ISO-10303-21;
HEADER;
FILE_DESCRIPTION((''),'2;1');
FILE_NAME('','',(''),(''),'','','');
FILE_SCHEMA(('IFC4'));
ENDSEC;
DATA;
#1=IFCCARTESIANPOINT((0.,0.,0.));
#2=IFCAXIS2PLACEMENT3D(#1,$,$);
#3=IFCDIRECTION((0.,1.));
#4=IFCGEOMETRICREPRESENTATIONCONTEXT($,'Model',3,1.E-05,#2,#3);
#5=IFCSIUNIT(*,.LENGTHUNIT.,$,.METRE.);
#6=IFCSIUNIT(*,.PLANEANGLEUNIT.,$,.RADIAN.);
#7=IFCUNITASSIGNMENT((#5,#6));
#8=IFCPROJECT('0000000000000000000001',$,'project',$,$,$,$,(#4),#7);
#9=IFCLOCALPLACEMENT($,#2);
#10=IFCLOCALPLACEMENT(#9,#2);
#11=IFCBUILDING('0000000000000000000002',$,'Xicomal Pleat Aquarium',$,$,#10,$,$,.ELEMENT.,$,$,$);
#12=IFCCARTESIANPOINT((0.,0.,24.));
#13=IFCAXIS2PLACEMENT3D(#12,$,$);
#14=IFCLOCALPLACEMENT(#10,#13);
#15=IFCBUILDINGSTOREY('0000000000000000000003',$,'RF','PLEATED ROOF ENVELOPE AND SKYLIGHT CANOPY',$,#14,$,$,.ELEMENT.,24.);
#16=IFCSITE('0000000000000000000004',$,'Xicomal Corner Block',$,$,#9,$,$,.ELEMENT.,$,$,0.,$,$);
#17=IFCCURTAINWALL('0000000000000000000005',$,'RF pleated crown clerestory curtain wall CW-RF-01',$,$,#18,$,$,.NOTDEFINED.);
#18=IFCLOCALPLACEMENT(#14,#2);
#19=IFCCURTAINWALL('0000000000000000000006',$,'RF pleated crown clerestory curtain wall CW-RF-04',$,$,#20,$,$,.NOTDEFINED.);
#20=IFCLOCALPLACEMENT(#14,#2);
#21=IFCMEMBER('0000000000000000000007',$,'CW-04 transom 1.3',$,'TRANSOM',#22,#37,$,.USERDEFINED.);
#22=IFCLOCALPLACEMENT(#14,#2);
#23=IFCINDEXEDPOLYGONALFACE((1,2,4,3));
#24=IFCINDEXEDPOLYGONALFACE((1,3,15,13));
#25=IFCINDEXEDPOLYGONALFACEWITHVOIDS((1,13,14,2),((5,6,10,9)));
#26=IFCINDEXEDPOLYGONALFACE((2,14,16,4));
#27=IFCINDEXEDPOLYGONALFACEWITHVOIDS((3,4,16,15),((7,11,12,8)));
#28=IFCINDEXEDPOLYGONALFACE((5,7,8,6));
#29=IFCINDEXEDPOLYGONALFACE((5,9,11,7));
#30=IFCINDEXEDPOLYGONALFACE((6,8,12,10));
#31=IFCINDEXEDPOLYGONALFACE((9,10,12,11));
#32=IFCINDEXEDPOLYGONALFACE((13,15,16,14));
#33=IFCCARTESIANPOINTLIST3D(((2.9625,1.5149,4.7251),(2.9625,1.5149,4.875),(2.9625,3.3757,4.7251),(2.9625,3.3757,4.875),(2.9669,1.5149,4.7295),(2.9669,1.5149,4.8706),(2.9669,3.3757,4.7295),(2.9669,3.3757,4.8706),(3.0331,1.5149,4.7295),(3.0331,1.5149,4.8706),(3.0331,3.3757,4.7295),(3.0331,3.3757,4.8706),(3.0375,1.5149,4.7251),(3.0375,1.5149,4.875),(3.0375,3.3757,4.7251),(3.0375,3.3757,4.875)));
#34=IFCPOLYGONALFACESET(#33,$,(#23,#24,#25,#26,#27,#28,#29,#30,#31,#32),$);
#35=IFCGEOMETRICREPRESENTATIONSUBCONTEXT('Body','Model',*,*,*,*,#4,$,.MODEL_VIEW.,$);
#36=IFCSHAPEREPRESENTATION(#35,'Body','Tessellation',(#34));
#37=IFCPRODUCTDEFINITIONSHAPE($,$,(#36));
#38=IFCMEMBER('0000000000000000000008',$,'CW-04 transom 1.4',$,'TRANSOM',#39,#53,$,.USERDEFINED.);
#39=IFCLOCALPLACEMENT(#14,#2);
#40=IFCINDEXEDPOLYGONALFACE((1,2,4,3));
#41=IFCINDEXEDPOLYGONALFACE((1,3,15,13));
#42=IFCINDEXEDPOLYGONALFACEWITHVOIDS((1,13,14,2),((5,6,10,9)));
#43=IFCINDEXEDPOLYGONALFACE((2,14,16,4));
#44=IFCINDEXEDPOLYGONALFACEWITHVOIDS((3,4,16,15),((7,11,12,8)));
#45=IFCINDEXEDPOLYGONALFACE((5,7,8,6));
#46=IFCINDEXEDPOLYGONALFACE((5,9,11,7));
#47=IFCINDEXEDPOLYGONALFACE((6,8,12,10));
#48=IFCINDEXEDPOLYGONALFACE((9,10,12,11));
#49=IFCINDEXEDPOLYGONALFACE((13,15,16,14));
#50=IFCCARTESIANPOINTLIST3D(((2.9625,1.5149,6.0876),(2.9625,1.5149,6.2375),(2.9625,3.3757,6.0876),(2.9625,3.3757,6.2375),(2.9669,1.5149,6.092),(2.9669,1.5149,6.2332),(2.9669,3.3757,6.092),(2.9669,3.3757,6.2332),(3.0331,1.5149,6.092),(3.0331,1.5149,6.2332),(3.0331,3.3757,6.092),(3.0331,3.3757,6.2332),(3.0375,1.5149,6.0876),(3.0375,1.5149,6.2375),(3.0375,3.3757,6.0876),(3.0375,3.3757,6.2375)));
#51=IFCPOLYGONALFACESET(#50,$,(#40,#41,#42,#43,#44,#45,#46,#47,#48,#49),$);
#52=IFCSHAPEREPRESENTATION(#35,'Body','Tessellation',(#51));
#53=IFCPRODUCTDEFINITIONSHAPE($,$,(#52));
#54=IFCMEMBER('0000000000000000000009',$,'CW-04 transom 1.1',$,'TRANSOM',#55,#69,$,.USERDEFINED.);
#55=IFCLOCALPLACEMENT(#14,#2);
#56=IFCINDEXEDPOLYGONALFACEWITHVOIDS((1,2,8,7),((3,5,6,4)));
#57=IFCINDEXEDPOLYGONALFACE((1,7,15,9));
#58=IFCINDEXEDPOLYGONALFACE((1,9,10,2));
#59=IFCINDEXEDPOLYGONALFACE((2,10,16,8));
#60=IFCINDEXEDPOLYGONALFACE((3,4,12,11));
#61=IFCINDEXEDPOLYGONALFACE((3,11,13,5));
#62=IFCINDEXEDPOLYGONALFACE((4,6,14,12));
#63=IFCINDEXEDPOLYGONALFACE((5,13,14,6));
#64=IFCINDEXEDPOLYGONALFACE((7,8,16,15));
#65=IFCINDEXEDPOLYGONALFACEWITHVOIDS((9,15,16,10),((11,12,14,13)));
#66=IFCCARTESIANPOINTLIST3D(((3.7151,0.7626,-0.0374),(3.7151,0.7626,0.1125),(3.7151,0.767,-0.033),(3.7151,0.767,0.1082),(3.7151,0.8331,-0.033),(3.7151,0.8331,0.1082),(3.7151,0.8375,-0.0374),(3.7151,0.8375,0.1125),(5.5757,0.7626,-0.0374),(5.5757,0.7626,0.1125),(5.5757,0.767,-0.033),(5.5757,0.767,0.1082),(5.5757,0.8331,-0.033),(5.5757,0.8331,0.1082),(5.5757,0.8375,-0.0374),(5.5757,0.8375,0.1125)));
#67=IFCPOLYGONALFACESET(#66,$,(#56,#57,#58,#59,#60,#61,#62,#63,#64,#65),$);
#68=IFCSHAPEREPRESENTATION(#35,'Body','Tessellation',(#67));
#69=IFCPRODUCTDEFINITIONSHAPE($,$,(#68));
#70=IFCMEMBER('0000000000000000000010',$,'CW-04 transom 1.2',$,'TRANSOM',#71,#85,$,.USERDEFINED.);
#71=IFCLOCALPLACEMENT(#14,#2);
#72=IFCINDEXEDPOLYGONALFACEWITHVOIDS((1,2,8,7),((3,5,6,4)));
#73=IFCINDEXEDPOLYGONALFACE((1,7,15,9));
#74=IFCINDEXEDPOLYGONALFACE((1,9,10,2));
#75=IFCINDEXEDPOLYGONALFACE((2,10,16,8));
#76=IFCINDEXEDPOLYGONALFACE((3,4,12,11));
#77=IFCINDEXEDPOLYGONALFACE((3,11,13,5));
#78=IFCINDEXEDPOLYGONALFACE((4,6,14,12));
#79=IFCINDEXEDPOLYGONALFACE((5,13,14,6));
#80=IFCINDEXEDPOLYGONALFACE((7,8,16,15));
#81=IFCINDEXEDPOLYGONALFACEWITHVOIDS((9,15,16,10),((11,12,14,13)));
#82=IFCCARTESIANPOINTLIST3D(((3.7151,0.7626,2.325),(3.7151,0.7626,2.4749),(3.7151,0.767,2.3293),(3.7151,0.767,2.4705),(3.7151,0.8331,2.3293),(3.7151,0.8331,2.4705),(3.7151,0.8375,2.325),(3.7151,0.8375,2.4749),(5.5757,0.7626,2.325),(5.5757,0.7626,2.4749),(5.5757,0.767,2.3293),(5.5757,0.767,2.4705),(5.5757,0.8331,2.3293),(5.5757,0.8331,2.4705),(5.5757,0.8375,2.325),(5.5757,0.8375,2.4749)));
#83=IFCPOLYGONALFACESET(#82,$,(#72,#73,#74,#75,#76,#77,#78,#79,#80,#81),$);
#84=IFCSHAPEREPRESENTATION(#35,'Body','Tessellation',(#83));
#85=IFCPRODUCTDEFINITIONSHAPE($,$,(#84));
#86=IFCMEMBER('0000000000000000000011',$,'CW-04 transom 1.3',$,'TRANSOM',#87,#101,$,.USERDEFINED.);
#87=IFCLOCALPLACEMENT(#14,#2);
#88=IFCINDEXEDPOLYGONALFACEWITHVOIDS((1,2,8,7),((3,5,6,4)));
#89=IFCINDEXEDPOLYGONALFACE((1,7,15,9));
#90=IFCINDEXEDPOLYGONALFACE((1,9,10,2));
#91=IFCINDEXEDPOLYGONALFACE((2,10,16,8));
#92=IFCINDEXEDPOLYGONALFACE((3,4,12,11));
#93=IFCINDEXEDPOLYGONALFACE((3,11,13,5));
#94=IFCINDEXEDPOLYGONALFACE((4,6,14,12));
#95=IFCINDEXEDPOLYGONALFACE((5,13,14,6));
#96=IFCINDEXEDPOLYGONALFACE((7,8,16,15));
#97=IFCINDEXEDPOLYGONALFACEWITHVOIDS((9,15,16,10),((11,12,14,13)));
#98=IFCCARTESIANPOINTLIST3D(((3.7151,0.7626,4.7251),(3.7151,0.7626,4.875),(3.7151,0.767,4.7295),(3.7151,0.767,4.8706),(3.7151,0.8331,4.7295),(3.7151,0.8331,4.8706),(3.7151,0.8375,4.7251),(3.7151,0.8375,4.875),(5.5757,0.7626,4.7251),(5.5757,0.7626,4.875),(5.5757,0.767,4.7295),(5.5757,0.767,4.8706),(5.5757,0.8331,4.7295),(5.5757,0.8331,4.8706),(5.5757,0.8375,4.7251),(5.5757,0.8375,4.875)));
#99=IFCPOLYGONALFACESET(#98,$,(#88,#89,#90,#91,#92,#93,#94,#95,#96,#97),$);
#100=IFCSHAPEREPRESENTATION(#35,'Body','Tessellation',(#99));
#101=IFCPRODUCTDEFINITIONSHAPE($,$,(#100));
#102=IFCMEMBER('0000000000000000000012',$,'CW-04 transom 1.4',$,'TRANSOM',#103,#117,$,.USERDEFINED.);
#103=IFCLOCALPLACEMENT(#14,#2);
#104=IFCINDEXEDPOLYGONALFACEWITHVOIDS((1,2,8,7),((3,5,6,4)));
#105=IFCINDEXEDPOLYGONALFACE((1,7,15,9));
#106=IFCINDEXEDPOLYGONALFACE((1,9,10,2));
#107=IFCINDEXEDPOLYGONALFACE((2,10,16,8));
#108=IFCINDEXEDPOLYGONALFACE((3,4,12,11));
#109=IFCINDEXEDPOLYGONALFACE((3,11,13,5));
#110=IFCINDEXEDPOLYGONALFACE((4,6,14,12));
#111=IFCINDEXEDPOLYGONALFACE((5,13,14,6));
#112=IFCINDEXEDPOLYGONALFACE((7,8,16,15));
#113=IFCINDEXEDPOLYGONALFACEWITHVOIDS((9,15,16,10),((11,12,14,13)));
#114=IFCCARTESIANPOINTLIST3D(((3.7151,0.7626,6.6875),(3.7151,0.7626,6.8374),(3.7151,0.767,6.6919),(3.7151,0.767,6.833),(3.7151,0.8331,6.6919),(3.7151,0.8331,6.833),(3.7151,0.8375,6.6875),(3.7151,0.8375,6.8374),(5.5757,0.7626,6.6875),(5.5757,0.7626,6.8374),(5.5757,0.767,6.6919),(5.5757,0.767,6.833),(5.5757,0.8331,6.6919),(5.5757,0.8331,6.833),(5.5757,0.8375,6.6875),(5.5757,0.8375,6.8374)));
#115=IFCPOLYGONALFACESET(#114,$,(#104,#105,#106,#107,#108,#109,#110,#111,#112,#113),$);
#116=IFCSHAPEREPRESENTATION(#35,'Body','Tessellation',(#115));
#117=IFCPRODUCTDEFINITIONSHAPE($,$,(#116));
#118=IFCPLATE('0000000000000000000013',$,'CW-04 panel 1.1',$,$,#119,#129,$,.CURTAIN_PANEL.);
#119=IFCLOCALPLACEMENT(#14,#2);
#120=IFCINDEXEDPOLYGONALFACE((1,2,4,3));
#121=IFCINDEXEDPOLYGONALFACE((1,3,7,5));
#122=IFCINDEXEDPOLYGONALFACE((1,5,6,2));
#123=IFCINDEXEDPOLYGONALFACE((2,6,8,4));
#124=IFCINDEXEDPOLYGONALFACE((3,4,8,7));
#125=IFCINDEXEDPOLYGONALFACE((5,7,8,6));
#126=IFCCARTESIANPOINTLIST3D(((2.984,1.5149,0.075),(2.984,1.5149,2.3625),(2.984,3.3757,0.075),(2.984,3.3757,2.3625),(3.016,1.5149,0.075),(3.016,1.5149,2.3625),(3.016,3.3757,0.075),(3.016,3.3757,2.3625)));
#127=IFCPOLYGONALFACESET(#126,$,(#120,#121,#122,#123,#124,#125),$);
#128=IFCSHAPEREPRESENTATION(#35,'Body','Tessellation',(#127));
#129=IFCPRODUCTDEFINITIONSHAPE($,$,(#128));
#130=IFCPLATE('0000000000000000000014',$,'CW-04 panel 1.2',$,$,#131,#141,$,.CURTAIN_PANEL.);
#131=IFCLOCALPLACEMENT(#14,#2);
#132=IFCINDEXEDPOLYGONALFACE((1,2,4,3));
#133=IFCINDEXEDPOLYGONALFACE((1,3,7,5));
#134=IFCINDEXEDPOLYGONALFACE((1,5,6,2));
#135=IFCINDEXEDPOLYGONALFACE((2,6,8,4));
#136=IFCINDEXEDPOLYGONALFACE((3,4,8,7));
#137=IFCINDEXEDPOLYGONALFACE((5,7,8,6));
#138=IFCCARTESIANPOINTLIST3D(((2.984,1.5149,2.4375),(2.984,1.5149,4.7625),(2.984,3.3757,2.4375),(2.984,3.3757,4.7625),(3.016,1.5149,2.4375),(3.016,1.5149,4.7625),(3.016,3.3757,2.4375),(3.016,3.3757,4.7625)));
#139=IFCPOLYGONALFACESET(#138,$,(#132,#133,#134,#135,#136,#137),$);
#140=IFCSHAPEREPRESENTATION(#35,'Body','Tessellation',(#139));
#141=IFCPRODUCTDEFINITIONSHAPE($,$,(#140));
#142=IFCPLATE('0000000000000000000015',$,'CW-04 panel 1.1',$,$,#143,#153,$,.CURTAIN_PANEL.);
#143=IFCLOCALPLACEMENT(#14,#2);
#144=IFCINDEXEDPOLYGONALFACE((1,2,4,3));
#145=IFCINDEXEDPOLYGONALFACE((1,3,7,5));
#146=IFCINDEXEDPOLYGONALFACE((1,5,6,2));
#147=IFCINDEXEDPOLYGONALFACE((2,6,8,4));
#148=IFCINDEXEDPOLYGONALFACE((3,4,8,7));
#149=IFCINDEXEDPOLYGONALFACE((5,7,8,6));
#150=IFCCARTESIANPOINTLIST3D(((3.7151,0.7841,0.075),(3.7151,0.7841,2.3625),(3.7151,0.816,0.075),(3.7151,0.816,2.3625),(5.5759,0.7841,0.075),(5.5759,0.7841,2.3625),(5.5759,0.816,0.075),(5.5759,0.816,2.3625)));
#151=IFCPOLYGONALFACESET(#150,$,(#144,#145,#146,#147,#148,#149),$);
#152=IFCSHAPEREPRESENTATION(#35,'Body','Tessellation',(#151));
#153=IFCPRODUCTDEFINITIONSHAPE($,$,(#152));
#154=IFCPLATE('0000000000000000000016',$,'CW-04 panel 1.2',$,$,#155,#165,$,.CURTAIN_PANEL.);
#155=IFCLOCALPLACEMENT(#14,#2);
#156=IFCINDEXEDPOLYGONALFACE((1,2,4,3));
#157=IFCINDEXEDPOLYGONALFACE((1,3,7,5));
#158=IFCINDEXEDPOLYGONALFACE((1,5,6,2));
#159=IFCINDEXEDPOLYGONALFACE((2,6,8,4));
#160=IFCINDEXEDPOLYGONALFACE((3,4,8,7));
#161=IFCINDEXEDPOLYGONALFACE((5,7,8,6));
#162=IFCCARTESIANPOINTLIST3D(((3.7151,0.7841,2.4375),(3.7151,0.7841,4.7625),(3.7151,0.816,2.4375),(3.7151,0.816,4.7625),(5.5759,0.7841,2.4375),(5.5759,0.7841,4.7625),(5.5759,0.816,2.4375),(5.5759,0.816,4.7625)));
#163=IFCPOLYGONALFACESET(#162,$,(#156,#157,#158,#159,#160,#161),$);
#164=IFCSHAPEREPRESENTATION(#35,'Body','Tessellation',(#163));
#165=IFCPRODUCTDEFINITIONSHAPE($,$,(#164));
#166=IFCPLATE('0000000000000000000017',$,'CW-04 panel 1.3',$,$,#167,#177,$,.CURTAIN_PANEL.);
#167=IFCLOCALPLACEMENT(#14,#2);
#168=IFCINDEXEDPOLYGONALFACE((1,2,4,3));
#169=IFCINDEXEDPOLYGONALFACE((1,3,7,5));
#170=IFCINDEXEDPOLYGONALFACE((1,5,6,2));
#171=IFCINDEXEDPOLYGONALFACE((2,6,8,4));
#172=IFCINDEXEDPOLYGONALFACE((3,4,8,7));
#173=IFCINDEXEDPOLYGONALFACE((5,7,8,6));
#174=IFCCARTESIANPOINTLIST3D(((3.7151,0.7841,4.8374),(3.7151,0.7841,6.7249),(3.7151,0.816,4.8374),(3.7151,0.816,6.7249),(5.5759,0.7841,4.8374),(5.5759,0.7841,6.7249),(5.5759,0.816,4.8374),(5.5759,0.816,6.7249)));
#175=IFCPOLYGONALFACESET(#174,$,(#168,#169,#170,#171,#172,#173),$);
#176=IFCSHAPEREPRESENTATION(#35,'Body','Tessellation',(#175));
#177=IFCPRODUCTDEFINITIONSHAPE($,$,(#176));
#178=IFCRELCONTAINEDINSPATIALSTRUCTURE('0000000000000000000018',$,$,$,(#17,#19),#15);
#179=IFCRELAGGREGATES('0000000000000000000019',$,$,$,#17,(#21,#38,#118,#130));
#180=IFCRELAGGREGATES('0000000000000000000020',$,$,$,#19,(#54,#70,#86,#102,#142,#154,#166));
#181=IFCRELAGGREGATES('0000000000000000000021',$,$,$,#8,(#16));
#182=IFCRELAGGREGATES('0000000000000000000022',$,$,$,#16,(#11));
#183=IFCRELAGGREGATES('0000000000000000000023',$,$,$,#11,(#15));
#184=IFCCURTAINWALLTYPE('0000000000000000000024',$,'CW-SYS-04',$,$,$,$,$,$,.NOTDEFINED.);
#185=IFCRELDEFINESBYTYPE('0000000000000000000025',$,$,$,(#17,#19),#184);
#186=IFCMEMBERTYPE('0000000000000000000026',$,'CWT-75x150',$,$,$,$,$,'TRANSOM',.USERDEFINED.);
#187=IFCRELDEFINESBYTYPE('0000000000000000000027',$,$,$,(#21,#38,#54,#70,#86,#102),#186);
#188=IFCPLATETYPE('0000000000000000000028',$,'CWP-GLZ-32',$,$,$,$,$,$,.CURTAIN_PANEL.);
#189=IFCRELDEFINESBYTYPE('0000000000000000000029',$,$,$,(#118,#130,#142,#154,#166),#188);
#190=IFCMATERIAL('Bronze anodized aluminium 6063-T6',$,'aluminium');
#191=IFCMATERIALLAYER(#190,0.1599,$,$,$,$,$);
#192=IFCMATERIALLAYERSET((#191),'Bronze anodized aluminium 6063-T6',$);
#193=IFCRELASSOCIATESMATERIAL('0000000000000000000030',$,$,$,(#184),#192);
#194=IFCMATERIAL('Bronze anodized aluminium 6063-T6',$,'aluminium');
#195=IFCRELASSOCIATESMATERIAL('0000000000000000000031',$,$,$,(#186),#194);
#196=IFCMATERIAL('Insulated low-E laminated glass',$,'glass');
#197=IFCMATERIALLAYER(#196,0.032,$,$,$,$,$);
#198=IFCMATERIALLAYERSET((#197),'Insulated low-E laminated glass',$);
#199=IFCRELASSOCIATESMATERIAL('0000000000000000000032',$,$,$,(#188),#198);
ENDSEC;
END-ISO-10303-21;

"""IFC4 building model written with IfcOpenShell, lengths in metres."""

from ifc_helpers import new_model, si_unit, direction, frame, origin, origin_2d, place, context, subcontext, project, spatial, rectangle, hollow_rectangle, extrude, material, layer, layer_set, material_profile, profile_set, type_object, element, aggregate, save


model = new_model("IFC4")

# Units and contexts
model_context = context("Model", 3, precision=1e-05, world=origin(), true_north=direction((0.0, 1.0)))
body_context = subcontext(model_context, "Body", "Model", "MODEL_VIEW")
ifc_project = project(units=[si_unit("LENGTHUNIT", "METRE"), si_unit("PLANEANGLEUNIT", "RADIAN")], contexts=[model_context])

# Site, building, storey
site_placement = place(None, origin())
site = spatial("IfcSite", under=ifc_project, at=site_placement, Name="Xicomal Corner Block", CompositionType="ELEMENT", RefElevation=0.0)
building_placement = place(site_placement, origin())
building = spatial("IfcBuilding", under=site, at=building_placement, Name="Xicomal Pleat Aquarium", CompositionType="ELEMENT")
storey_placement = place(building_placement, frame((0.0, 0.0, 24.0)))
storey = spatial("IfcBuildingStorey", under=building, at=storey_placement, Name="RF", Description="PLEATED ROOF ENVELOPE AND SKYLIGHT CANOPY", CompositionType="ELEMENT", Elevation=24.0)

# Curtain walls
ifc_material_1 = material(Name="Bronze anodized aluminium 6063-T6", Category="aluminium")
ifc_layer_1 = layer(ifc_material_1, 0.1599)
ifc_layer_set_1 = layer_set([ifc_layer_1], Name="Bronze anodized aluminium 6063-T6")
curtain_wall_type = type_object("IfcCurtainWallType", Name="CW-SYS-04", PredefinedType="NOTDEFINED", material=ifc_layer_set_1)
curtain_wall_1_placement = place(storey_placement, origin())
curtain_wall_1 = element("IfcCurtainWall", 1, at=curtain_wall_1_placement, inside=storey, type_object=curtain_wall_type, Name="RF pleated crown clerestory curtain wall CW-RF-01", PredefinedType="NOTDEFINED")
curtain_wall_2_placement = place(storey_placement, origin())
curtain_wall_2 = element("IfcCurtainWall", 2, at=curtain_wall_2_placement, inside=storey, type_object=curtain_wall_type, Name="RF pleated crown clerestory curtain wall CW-RF-04", PredefinedType="NOTDEFINED")

# Members
ifc_material_2 = material(Name="Bronze anodized aluminium 6063-T6", Category="aluminium")
ifc_material_profile_1 = material_profile(ifc_material_2, hollow_rectangle(XDim=0.075, YDim=0.1499, WallThickness=0.0044, at=origin_2d()), Name="ALU TRAN 75x150")
ifc_profile_set_1 = profile_set([ifc_material_profile_1], Name="Bronze anodized aluminium 6063-T6")
member_type_1 = type_object("IfcMemberType", Name="CWT-75x150", ElementType="TRANSOM", PredefinedType="USERDEFINED", material=ifc_profile_set_1)
member_1_placement = place(storey_placement, frame((3.0, 1.5149, 4.8), z_axis=(0.0, 1.0, 0.0), x_axis=(-1.0, 0.0, 0.0)))
member_1 = element("IfcMember", 3, at=member_1_placement, type_object=member_type_1, Name="CW-04 transom 1.3", ObjectType="TRANSOM", PredefinedType="USERDEFINED", context=body_context, shape_type="SweptSolid", body=[
    extrude(hollow_rectangle(XDim=0.075, YDim=0.1499, WallThickness=0.0044, at=origin_2d()), origin(), (0.0, 0.0, 1.0), 1.8608),
])
member_2_placement = place(storey_placement, frame((3.0, 1.5149, 6.1626), z_axis=(0.0, 1.0, 0.0), x_axis=(-1.0, 0.0, 0.0)))
member_2 = element("IfcMember", 4, at=member_2_placement, type_object=member_type_1, Name="CW-04 transom 1.4", ObjectType="TRANSOM", PredefinedType="USERDEFINED", context=body_context, shape_type="SweptSolid", body=[
    extrude(hollow_rectangle(XDim=0.075, YDim=0.1499, WallThickness=0.0044, at=origin_2d()), origin(), (0.0, 0.0, 1.0), 1.8608),
])
member_3_placement = place(storey_placement, frame((3.7151, 0.8, 0.0376), z_axis=(1.0, 0.0, 0.0), x_axis=(0.0, 1.0, 0.0)))
member_3 = element("IfcMember", 5, at=member_3_placement, type_object=member_type_1, Name="CW-04 transom 1.1", ObjectType="TRANSOM", PredefinedType="USERDEFINED", context=body_context, shape_type="SweptSolid", body=[
    extrude(hollow_rectangle(XDim=0.075, YDim=0.1499, WallThickness=0.0044, at=origin_2d()), origin(), (0.0, 0.0, 1.0), 1.8606),
])
member_4_placement = place(storey_placement, frame((3.7151, 0.8, 2.3999), z_axis=(1.0, 0.0, 0.0), x_axis=(0.0, 1.0, 0.0)))
member_4 = element("IfcMember", 6, at=member_4_placement, type_object=member_type_1, Name="CW-04 transom 1.2", ObjectType="TRANSOM", PredefinedType="USERDEFINED", context=body_context, shape_type="SweptSolid", body=[
    extrude(hollow_rectangle(XDim=0.075, YDim=0.1499, WallThickness=0.0044, at=origin_2d()), origin(), (0.0, 0.0, 1.0), 1.8606),
])
member_5_placement = place(storey_placement, frame((3.7151, 0.8, 4.8), z_axis=(1.0, 0.0, 0.0), x_axis=(0.0, 1.0, 0.0)))
member_5 = element("IfcMember", 7, at=member_5_placement, type_object=member_type_1, Name="CW-04 transom 1.3", ObjectType="TRANSOM", PredefinedType="USERDEFINED", context=body_context, shape_type="SweptSolid", body=[
    extrude(hollow_rectangle(XDim=0.075, YDim=0.1499, WallThickness=0.0044, at=origin_2d()), origin(), (0.0, 0.0, 1.0), 1.8606),
])
member_6_placement = place(storey_placement, frame((3.7151, 0.8, 6.7625), z_axis=(1.0, 0.0, 0.0), x_axis=(0.0, 1.0, 0.0)))
member_6 = element("IfcMember", 8, at=member_6_placement, type_object=member_type_1, Name="CW-04 transom 1.4", ObjectType="TRANSOM", PredefinedType="USERDEFINED", context=body_context, shape_type="SweptSolid", body=[
    extrude(hollow_rectangle(XDim=0.075, YDim=0.1499, WallThickness=0.0044, at=origin_2d()), origin(), (0.0, 0.0, 1.0), 1.8606),
])

# Plates
ifc_material_3 = material(Name="Insulated low-E laminated glass", Category="glass")
ifc_layer_2 = layer(ifc_material_3, 0.032)
ifc_layer_set_2 = layer_set([ifc_layer_2], Name="Insulated low-E laminated glass")
plate_type = type_object("IfcPlateType", Name="CWP-GLZ-32", PredefinedType="CURTAIN_PANEL", material=ifc_layer_set_2)
plate_1_placement = place(storey_placement, frame((3.0, 2.4453, 0.075), z_axis=(0.0, 0.0, 1.0), x_axis=(0.0, 1.0, 0.0)))
plate_1 = element("IfcPlate", 9, at=plate_1_placement, type_object=plate_type, Name="CW-04 panel 1.1", PredefinedType="CURTAIN_PANEL", context=body_context, shape_type="SweptSolid", body=[
    extrude(rectangle(XDim=1.8608, YDim=0.032, at=origin_2d()), origin(), (0.0, 0.0, 1.0), 2.2876),
])
plate_2_placement = place(storey_placement, frame((3.0, 2.4453, 2.4375), z_axis=(0.0, 0.0, 1.0), x_axis=(0.0, 1.0, 0.0)))
plate_2 = element("IfcPlate", 10, at=plate_2_placement, type_object=plate_type, Name="CW-04 panel 1.2", PredefinedType="CURTAIN_PANEL", context=body_context, shape_type="SweptSolid", body=[
    extrude(rectangle(XDim=1.8608, YDim=0.032, at=origin_2d()), origin(), (0.0, 0.0, 1.0), 2.325),
])
aggregate(curtain_wall_1, [member_1, member_2, plate_1, plate_2])
plate_3_placement = place(storey_placement, frame((4.6455, 0.8, 0.075), z_axis=(0.0, 0.0, 1.0), x_axis=(1.0, 0.0, 0.0)))
plate_3 = element("IfcPlate", 11, at=plate_3_placement, type_object=plate_type, Name="CW-04 panel 1.1", PredefinedType="CURTAIN_PANEL", context=body_context, shape_type="SweptSolid", body=[
    extrude(rectangle(XDim=1.8608, YDim=0.032, at=origin_2d()), origin(), (0.0, 0.0, 1.0), 2.2876),
])
plate_4_placement = place(storey_placement, frame((4.6455, 0.8, 2.4375), z_axis=(0.0, 0.0, 1.0), x_axis=(1.0, 0.0, 0.0)))
plate_4 = element("IfcPlate", 12, at=plate_4_placement, type_object=plate_type, Name="CW-04 panel 1.2", PredefinedType="CURTAIN_PANEL", context=body_context, shape_type="SweptSolid", body=[
    extrude(rectangle(XDim=1.8608, YDim=0.032, at=origin_2d()), origin(), (0.0, 0.0, 1.0), 2.325),
])
plate_5_placement = place(storey_placement, frame((4.6455, 0.8, 4.8374), z_axis=(0.0, 0.0, 1.0), x_axis=(1.0, 0.0, 0.0)))
plate_5 = element("IfcPlate", 13, at=plate_5_placement, type_object=plate_type, Name="CW-04 panel 1.3", PredefinedType="CURTAIN_PANEL", context=body_context, shape_type="SweptSolid", body=[
    extrude(rectangle(XDim=1.8608, YDim=0.032, at=origin_2d()), origin(), (0.0, 0.0, 1.0), 1.8875),
])
aggregate(curtain_wall_2, [member_3, member_4, member_5, member_6, plate_3, plate_4, plate_5])

save(model, "model.ifc")
